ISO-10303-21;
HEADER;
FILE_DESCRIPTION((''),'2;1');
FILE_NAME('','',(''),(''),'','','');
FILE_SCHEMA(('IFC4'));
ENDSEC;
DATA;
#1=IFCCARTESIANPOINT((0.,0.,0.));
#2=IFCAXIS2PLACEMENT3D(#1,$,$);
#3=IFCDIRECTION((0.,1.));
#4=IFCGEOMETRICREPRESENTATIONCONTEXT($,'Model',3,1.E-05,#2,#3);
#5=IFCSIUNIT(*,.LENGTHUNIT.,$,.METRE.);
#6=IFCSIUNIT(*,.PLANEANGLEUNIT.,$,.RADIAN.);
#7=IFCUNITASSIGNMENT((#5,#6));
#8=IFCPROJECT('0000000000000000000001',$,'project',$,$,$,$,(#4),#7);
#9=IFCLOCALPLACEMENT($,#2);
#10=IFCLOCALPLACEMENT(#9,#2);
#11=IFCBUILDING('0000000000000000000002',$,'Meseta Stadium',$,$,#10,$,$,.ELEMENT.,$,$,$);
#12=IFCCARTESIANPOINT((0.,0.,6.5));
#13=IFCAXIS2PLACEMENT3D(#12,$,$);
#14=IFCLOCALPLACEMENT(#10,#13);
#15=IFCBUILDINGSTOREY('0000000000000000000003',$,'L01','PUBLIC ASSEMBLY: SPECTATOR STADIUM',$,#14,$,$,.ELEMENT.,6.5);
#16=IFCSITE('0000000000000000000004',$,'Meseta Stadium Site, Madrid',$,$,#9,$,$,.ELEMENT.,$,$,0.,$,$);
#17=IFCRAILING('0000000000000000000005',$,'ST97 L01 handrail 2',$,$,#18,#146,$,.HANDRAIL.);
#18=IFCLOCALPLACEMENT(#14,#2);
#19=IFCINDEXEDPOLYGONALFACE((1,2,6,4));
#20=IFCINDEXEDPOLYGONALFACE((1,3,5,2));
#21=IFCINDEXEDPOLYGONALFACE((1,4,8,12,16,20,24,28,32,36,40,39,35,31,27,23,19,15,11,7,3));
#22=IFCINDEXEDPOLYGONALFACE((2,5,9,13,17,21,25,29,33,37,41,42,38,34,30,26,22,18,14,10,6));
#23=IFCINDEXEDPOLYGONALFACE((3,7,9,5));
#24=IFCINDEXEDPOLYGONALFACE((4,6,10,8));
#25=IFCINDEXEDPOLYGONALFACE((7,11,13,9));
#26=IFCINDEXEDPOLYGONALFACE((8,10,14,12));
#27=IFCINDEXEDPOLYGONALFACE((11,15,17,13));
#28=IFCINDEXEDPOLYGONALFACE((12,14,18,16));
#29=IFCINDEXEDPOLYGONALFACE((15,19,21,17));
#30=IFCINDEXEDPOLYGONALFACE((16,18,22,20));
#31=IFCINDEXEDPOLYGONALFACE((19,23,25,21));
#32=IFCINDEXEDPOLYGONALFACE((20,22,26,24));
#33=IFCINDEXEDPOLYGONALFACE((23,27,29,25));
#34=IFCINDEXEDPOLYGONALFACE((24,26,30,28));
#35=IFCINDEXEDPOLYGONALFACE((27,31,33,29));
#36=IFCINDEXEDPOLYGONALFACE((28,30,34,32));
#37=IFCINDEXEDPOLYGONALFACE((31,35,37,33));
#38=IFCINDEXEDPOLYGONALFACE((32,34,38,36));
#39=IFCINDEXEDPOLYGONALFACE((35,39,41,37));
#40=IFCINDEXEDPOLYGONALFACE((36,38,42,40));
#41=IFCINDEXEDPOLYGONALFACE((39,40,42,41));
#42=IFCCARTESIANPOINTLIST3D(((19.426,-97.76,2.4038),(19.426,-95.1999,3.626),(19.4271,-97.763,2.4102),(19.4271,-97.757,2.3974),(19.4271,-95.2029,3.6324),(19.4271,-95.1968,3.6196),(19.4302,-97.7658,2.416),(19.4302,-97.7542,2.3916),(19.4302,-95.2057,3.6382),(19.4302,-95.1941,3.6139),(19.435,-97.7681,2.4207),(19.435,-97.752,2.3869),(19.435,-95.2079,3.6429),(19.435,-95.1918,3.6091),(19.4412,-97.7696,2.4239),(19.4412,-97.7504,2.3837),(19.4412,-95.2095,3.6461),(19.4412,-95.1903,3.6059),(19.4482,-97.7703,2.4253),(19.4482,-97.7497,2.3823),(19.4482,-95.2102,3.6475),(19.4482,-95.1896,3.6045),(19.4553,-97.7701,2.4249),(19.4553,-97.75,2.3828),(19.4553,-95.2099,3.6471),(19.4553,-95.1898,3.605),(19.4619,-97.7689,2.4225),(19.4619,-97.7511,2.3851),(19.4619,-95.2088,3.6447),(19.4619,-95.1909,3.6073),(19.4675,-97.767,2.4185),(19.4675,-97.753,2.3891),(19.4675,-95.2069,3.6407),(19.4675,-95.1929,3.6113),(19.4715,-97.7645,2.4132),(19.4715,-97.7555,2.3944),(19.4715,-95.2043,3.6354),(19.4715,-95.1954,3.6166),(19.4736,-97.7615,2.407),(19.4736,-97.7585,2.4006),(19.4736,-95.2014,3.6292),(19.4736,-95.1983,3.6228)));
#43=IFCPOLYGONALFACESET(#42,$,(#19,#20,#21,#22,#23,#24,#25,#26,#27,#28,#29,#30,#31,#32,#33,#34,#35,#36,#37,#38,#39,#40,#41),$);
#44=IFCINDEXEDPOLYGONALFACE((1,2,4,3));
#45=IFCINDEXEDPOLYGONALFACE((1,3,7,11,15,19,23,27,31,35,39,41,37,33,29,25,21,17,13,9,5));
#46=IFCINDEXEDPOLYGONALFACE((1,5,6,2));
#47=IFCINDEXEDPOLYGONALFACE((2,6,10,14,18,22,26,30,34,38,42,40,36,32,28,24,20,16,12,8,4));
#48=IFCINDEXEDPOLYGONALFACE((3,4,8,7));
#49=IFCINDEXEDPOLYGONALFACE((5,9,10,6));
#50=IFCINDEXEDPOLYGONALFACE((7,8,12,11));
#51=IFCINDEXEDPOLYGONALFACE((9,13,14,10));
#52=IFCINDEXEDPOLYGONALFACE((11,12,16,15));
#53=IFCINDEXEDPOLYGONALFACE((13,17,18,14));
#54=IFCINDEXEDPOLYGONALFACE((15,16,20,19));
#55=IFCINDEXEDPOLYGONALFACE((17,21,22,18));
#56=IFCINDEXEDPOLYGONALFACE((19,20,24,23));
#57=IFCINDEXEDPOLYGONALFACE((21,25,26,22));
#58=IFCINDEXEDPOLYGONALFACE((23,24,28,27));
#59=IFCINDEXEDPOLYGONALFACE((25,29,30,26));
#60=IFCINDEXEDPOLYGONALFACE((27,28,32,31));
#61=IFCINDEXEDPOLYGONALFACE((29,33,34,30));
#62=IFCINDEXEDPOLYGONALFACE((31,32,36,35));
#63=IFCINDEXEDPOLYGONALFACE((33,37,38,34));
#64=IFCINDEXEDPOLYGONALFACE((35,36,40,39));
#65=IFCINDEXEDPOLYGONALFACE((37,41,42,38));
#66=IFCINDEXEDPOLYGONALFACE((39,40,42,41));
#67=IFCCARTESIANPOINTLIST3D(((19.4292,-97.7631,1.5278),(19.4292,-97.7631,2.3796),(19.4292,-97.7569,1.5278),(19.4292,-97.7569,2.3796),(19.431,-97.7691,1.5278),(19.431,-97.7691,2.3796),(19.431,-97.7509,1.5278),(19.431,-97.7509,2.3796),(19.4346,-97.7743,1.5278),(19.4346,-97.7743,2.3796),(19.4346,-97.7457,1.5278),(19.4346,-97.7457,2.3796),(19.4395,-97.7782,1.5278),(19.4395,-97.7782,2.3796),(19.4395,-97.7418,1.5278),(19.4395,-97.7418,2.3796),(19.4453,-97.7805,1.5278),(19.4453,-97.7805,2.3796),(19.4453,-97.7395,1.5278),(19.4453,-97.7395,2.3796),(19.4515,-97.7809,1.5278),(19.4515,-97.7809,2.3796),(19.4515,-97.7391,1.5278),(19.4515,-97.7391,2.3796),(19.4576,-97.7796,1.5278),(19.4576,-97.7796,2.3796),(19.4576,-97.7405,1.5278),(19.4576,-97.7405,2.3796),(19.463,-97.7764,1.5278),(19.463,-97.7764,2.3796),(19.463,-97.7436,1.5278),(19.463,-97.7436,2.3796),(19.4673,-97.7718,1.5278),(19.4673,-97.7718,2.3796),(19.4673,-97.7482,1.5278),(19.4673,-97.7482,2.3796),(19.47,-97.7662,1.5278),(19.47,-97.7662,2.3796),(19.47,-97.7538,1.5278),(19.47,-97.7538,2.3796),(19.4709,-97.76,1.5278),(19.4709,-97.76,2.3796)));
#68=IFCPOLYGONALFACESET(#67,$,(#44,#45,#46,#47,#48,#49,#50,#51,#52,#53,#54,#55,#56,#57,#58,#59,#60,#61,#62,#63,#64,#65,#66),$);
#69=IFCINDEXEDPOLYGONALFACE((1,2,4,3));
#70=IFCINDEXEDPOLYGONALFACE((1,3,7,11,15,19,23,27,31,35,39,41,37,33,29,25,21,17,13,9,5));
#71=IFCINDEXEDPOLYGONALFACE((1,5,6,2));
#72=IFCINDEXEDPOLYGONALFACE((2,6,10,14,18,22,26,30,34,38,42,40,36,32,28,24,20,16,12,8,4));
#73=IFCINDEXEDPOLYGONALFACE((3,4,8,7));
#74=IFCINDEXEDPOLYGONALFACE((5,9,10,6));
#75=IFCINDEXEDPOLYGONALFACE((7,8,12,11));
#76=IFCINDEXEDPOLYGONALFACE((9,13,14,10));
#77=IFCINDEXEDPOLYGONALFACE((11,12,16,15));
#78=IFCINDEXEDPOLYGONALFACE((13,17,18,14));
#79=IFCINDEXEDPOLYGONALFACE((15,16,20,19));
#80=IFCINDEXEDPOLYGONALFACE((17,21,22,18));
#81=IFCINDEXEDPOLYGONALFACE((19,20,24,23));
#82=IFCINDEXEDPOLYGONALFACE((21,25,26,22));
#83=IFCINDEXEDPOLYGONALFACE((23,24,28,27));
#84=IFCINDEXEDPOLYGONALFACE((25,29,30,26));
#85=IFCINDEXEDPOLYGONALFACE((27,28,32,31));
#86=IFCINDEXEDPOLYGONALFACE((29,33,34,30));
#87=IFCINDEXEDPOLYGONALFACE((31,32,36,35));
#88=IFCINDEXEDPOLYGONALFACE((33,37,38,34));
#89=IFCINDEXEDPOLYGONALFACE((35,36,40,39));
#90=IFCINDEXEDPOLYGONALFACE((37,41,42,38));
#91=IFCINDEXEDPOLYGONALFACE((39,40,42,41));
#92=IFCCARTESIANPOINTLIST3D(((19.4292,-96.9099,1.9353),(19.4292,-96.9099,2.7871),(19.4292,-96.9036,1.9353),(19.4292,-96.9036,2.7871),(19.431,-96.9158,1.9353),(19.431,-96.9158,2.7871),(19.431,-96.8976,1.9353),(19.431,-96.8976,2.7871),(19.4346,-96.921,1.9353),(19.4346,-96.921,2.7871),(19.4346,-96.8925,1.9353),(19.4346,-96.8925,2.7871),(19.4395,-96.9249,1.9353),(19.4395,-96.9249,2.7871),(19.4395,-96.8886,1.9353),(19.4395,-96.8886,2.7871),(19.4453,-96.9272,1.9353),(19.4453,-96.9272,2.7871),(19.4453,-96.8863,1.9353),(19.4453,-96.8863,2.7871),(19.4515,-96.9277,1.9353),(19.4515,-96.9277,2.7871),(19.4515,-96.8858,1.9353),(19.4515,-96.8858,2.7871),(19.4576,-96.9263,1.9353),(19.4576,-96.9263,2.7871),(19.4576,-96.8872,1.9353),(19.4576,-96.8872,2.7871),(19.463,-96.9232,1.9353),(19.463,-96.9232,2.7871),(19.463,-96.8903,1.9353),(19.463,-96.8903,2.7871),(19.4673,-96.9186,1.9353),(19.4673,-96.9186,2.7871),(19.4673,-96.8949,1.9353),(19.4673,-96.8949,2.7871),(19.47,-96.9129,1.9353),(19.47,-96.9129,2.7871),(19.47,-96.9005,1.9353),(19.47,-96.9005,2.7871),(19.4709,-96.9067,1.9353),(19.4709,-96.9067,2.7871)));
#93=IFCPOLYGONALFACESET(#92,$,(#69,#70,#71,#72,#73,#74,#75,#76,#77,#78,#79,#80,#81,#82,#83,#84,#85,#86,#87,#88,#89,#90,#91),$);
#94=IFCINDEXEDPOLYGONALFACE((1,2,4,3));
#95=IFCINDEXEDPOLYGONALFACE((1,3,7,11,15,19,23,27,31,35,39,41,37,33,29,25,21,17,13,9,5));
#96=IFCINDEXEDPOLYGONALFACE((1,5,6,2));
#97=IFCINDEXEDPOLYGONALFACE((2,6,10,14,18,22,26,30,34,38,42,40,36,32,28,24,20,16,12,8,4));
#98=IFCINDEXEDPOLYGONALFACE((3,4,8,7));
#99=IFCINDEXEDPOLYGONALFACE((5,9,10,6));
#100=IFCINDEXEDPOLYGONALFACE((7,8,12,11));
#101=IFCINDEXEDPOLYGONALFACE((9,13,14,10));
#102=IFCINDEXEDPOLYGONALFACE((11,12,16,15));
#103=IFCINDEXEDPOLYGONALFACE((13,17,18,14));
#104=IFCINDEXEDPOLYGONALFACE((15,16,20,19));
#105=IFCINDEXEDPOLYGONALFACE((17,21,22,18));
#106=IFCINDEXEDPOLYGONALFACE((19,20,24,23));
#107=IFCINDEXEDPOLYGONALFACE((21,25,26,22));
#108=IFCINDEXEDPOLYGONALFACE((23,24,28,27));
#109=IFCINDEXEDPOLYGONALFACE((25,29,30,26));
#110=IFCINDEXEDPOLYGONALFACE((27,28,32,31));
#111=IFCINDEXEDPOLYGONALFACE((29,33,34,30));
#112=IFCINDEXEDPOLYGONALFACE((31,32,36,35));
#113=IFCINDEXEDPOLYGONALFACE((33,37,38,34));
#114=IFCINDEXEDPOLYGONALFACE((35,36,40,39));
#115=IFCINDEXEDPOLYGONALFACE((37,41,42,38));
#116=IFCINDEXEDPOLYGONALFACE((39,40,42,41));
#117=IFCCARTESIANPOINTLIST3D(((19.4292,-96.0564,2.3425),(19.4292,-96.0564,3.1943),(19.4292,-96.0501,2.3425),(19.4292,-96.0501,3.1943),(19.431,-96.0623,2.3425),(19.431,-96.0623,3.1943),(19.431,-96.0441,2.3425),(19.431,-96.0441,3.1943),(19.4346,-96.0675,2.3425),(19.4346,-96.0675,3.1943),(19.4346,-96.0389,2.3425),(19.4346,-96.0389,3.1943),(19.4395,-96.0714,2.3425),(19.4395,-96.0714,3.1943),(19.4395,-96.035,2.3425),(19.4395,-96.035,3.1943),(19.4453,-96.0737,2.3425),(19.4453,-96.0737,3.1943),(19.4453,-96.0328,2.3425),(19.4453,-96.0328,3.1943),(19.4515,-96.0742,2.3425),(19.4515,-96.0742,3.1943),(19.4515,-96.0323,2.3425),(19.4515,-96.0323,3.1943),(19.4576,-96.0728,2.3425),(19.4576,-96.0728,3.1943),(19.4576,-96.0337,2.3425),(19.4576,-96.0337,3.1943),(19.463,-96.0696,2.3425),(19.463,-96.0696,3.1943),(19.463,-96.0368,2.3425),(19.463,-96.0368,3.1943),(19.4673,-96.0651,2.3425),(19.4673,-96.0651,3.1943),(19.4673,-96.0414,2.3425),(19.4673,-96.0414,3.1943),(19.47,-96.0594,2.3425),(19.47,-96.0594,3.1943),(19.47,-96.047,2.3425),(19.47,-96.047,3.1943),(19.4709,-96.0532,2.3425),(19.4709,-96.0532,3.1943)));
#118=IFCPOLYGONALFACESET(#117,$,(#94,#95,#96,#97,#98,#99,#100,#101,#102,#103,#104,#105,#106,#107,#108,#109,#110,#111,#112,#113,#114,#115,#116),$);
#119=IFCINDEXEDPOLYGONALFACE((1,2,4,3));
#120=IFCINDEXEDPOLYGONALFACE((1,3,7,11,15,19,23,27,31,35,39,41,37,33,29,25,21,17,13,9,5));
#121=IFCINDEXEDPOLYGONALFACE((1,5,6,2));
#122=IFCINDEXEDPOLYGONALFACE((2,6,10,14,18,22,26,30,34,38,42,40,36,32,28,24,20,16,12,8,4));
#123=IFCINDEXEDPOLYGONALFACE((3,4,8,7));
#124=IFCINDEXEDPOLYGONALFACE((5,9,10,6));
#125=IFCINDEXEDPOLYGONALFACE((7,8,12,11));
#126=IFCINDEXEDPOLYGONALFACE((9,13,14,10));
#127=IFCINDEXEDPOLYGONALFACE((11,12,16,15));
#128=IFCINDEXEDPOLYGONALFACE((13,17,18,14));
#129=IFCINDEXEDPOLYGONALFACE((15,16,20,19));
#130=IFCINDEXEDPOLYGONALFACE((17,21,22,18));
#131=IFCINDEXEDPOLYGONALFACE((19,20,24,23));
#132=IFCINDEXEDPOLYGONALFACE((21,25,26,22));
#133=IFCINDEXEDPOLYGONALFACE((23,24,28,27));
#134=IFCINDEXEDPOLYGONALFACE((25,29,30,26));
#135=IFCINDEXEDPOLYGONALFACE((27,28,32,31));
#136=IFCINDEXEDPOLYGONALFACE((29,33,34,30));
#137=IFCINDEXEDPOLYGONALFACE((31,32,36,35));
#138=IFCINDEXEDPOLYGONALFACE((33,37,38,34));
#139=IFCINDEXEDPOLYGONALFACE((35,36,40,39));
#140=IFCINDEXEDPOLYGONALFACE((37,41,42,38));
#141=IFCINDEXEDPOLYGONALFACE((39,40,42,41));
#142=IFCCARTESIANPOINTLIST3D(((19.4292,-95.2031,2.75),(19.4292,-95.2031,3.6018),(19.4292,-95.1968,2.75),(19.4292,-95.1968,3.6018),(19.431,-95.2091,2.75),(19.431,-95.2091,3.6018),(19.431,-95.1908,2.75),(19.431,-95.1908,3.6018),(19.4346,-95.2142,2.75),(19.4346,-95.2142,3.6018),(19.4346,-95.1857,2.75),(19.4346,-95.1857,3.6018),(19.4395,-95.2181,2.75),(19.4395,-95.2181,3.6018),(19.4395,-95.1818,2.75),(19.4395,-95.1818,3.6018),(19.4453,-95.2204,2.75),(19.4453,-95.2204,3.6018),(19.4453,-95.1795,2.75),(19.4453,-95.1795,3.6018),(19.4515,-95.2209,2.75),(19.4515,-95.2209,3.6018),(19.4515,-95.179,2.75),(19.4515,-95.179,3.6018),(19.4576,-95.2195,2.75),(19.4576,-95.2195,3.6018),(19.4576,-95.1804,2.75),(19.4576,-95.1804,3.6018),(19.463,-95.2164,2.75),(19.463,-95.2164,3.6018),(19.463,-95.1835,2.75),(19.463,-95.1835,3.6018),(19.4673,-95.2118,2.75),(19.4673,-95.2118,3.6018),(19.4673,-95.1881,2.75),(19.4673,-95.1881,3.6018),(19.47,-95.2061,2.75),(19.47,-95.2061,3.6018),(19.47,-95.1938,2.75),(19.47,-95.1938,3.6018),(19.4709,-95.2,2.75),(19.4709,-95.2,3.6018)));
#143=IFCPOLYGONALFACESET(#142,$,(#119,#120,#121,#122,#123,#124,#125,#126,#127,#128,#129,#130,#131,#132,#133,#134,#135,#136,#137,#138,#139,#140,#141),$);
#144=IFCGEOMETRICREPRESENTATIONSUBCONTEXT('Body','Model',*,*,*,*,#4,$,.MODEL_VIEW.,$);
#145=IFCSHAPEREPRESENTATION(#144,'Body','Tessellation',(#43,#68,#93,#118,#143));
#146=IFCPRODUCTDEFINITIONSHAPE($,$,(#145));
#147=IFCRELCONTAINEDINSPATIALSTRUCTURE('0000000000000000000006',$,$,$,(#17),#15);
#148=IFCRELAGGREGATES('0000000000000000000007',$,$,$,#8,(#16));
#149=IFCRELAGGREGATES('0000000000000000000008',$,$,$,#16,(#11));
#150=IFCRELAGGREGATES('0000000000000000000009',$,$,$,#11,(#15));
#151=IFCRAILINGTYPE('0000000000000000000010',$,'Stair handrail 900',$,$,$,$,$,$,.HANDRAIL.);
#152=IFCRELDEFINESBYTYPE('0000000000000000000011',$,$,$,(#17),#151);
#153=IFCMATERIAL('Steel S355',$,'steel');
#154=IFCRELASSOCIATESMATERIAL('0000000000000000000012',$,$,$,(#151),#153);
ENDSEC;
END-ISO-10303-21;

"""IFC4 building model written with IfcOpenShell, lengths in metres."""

from ifc_helpers import new_model, si_unit, direction, frame, origin, origin_2d, place, context, subcontext, project, spatial, circle, extrude, material, type_object, element, save


model = new_model("IFC4")

# Units and contexts
model_context = context("Model", 3, precision=1e-05, world=origin(), true_north=direction((0.0, 1.0)))
body_context = subcontext(model_context, "Body", "Model", "MODEL_VIEW")
ifc_project = project(units=[si_unit("LENGTHUNIT", "METRE"), si_unit("PLANEANGLEUNIT", "RADIAN")], contexts=[model_context])

# Site, building, storey
site_placement = place(None, origin())
site = spatial("IfcSite", under=ifc_project, at=site_placement, Name="Meseta Stadium Site, Madrid", CompositionType="ELEMENT", RefElevation=0.0)
building_placement = place(site_placement, origin())
building = spatial("IfcBuilding", under=site, at=building_placement, Name="Meseta Stadium", CompositionType="ELEMENT")
storey_placement = place(building_placement, frame((0.0, 0.0, 6.5)))
storey = spatial("IfcBuildingStorey", under=building, at=storey_placement, Name="L01", Description="PUBLIC ASSEMBLY: SPECTATOR STADIUM", CompositionType="ELEMENT", Elevation=6.5)

# Railing
ifc_material_1 = material(Name="Steel S355", Category="steel")
railing_type_1 = type_object("IfcRailingType", Name="Stair handrail 900", PredefinedType="HANDRAIL", material=ifc_material_1)
for number, where, name in (
    (1, (19.45, -97.76, 1.5278), "ST97 L01 handrail 2"),
):
    element("IfcRailing", number, at=place(storey_placement, frame(where)), inside=storey, type_object=railing_type_1, Name=name, PredefinedType="HANDRAIL", context=body_context, shape_type="SweptSolid", body=[
        extrude(circle(Radius=0.0239, at=origin_2d()), frame((0.0, 0.0, 0.876), z_axis=(0.0, 0.902437, 0.430822), x_axis=(-1.0, 0.0, 0.0)), (0.0, 0.0, 1.0), 2.8369),
        extrude(circle(Radius=0.021, at=origin_2d()), origin(), (0.0, 0.0, 1.0), 0.8518),
        extrude(circle(Radius=0.021, at=origin_2d()), frame((0.0, 0.8533, 0.4075)), (0.0, 0.0, 1.0), 0.8518),
        extrude(circle(Radius=0.021, at=origin_2d()), frame((0.0, 1.7068, 0.8147)), (0.0, 0.0, 1.0), 0.8518),
        extrude(circle(Radius=0.021, at=origin_2d()), frame((0.0, 2.5601, 1.2222)), (0.0, 0.0, 1.0), 0.8518),
    ])

save(model, "model.ifc")
